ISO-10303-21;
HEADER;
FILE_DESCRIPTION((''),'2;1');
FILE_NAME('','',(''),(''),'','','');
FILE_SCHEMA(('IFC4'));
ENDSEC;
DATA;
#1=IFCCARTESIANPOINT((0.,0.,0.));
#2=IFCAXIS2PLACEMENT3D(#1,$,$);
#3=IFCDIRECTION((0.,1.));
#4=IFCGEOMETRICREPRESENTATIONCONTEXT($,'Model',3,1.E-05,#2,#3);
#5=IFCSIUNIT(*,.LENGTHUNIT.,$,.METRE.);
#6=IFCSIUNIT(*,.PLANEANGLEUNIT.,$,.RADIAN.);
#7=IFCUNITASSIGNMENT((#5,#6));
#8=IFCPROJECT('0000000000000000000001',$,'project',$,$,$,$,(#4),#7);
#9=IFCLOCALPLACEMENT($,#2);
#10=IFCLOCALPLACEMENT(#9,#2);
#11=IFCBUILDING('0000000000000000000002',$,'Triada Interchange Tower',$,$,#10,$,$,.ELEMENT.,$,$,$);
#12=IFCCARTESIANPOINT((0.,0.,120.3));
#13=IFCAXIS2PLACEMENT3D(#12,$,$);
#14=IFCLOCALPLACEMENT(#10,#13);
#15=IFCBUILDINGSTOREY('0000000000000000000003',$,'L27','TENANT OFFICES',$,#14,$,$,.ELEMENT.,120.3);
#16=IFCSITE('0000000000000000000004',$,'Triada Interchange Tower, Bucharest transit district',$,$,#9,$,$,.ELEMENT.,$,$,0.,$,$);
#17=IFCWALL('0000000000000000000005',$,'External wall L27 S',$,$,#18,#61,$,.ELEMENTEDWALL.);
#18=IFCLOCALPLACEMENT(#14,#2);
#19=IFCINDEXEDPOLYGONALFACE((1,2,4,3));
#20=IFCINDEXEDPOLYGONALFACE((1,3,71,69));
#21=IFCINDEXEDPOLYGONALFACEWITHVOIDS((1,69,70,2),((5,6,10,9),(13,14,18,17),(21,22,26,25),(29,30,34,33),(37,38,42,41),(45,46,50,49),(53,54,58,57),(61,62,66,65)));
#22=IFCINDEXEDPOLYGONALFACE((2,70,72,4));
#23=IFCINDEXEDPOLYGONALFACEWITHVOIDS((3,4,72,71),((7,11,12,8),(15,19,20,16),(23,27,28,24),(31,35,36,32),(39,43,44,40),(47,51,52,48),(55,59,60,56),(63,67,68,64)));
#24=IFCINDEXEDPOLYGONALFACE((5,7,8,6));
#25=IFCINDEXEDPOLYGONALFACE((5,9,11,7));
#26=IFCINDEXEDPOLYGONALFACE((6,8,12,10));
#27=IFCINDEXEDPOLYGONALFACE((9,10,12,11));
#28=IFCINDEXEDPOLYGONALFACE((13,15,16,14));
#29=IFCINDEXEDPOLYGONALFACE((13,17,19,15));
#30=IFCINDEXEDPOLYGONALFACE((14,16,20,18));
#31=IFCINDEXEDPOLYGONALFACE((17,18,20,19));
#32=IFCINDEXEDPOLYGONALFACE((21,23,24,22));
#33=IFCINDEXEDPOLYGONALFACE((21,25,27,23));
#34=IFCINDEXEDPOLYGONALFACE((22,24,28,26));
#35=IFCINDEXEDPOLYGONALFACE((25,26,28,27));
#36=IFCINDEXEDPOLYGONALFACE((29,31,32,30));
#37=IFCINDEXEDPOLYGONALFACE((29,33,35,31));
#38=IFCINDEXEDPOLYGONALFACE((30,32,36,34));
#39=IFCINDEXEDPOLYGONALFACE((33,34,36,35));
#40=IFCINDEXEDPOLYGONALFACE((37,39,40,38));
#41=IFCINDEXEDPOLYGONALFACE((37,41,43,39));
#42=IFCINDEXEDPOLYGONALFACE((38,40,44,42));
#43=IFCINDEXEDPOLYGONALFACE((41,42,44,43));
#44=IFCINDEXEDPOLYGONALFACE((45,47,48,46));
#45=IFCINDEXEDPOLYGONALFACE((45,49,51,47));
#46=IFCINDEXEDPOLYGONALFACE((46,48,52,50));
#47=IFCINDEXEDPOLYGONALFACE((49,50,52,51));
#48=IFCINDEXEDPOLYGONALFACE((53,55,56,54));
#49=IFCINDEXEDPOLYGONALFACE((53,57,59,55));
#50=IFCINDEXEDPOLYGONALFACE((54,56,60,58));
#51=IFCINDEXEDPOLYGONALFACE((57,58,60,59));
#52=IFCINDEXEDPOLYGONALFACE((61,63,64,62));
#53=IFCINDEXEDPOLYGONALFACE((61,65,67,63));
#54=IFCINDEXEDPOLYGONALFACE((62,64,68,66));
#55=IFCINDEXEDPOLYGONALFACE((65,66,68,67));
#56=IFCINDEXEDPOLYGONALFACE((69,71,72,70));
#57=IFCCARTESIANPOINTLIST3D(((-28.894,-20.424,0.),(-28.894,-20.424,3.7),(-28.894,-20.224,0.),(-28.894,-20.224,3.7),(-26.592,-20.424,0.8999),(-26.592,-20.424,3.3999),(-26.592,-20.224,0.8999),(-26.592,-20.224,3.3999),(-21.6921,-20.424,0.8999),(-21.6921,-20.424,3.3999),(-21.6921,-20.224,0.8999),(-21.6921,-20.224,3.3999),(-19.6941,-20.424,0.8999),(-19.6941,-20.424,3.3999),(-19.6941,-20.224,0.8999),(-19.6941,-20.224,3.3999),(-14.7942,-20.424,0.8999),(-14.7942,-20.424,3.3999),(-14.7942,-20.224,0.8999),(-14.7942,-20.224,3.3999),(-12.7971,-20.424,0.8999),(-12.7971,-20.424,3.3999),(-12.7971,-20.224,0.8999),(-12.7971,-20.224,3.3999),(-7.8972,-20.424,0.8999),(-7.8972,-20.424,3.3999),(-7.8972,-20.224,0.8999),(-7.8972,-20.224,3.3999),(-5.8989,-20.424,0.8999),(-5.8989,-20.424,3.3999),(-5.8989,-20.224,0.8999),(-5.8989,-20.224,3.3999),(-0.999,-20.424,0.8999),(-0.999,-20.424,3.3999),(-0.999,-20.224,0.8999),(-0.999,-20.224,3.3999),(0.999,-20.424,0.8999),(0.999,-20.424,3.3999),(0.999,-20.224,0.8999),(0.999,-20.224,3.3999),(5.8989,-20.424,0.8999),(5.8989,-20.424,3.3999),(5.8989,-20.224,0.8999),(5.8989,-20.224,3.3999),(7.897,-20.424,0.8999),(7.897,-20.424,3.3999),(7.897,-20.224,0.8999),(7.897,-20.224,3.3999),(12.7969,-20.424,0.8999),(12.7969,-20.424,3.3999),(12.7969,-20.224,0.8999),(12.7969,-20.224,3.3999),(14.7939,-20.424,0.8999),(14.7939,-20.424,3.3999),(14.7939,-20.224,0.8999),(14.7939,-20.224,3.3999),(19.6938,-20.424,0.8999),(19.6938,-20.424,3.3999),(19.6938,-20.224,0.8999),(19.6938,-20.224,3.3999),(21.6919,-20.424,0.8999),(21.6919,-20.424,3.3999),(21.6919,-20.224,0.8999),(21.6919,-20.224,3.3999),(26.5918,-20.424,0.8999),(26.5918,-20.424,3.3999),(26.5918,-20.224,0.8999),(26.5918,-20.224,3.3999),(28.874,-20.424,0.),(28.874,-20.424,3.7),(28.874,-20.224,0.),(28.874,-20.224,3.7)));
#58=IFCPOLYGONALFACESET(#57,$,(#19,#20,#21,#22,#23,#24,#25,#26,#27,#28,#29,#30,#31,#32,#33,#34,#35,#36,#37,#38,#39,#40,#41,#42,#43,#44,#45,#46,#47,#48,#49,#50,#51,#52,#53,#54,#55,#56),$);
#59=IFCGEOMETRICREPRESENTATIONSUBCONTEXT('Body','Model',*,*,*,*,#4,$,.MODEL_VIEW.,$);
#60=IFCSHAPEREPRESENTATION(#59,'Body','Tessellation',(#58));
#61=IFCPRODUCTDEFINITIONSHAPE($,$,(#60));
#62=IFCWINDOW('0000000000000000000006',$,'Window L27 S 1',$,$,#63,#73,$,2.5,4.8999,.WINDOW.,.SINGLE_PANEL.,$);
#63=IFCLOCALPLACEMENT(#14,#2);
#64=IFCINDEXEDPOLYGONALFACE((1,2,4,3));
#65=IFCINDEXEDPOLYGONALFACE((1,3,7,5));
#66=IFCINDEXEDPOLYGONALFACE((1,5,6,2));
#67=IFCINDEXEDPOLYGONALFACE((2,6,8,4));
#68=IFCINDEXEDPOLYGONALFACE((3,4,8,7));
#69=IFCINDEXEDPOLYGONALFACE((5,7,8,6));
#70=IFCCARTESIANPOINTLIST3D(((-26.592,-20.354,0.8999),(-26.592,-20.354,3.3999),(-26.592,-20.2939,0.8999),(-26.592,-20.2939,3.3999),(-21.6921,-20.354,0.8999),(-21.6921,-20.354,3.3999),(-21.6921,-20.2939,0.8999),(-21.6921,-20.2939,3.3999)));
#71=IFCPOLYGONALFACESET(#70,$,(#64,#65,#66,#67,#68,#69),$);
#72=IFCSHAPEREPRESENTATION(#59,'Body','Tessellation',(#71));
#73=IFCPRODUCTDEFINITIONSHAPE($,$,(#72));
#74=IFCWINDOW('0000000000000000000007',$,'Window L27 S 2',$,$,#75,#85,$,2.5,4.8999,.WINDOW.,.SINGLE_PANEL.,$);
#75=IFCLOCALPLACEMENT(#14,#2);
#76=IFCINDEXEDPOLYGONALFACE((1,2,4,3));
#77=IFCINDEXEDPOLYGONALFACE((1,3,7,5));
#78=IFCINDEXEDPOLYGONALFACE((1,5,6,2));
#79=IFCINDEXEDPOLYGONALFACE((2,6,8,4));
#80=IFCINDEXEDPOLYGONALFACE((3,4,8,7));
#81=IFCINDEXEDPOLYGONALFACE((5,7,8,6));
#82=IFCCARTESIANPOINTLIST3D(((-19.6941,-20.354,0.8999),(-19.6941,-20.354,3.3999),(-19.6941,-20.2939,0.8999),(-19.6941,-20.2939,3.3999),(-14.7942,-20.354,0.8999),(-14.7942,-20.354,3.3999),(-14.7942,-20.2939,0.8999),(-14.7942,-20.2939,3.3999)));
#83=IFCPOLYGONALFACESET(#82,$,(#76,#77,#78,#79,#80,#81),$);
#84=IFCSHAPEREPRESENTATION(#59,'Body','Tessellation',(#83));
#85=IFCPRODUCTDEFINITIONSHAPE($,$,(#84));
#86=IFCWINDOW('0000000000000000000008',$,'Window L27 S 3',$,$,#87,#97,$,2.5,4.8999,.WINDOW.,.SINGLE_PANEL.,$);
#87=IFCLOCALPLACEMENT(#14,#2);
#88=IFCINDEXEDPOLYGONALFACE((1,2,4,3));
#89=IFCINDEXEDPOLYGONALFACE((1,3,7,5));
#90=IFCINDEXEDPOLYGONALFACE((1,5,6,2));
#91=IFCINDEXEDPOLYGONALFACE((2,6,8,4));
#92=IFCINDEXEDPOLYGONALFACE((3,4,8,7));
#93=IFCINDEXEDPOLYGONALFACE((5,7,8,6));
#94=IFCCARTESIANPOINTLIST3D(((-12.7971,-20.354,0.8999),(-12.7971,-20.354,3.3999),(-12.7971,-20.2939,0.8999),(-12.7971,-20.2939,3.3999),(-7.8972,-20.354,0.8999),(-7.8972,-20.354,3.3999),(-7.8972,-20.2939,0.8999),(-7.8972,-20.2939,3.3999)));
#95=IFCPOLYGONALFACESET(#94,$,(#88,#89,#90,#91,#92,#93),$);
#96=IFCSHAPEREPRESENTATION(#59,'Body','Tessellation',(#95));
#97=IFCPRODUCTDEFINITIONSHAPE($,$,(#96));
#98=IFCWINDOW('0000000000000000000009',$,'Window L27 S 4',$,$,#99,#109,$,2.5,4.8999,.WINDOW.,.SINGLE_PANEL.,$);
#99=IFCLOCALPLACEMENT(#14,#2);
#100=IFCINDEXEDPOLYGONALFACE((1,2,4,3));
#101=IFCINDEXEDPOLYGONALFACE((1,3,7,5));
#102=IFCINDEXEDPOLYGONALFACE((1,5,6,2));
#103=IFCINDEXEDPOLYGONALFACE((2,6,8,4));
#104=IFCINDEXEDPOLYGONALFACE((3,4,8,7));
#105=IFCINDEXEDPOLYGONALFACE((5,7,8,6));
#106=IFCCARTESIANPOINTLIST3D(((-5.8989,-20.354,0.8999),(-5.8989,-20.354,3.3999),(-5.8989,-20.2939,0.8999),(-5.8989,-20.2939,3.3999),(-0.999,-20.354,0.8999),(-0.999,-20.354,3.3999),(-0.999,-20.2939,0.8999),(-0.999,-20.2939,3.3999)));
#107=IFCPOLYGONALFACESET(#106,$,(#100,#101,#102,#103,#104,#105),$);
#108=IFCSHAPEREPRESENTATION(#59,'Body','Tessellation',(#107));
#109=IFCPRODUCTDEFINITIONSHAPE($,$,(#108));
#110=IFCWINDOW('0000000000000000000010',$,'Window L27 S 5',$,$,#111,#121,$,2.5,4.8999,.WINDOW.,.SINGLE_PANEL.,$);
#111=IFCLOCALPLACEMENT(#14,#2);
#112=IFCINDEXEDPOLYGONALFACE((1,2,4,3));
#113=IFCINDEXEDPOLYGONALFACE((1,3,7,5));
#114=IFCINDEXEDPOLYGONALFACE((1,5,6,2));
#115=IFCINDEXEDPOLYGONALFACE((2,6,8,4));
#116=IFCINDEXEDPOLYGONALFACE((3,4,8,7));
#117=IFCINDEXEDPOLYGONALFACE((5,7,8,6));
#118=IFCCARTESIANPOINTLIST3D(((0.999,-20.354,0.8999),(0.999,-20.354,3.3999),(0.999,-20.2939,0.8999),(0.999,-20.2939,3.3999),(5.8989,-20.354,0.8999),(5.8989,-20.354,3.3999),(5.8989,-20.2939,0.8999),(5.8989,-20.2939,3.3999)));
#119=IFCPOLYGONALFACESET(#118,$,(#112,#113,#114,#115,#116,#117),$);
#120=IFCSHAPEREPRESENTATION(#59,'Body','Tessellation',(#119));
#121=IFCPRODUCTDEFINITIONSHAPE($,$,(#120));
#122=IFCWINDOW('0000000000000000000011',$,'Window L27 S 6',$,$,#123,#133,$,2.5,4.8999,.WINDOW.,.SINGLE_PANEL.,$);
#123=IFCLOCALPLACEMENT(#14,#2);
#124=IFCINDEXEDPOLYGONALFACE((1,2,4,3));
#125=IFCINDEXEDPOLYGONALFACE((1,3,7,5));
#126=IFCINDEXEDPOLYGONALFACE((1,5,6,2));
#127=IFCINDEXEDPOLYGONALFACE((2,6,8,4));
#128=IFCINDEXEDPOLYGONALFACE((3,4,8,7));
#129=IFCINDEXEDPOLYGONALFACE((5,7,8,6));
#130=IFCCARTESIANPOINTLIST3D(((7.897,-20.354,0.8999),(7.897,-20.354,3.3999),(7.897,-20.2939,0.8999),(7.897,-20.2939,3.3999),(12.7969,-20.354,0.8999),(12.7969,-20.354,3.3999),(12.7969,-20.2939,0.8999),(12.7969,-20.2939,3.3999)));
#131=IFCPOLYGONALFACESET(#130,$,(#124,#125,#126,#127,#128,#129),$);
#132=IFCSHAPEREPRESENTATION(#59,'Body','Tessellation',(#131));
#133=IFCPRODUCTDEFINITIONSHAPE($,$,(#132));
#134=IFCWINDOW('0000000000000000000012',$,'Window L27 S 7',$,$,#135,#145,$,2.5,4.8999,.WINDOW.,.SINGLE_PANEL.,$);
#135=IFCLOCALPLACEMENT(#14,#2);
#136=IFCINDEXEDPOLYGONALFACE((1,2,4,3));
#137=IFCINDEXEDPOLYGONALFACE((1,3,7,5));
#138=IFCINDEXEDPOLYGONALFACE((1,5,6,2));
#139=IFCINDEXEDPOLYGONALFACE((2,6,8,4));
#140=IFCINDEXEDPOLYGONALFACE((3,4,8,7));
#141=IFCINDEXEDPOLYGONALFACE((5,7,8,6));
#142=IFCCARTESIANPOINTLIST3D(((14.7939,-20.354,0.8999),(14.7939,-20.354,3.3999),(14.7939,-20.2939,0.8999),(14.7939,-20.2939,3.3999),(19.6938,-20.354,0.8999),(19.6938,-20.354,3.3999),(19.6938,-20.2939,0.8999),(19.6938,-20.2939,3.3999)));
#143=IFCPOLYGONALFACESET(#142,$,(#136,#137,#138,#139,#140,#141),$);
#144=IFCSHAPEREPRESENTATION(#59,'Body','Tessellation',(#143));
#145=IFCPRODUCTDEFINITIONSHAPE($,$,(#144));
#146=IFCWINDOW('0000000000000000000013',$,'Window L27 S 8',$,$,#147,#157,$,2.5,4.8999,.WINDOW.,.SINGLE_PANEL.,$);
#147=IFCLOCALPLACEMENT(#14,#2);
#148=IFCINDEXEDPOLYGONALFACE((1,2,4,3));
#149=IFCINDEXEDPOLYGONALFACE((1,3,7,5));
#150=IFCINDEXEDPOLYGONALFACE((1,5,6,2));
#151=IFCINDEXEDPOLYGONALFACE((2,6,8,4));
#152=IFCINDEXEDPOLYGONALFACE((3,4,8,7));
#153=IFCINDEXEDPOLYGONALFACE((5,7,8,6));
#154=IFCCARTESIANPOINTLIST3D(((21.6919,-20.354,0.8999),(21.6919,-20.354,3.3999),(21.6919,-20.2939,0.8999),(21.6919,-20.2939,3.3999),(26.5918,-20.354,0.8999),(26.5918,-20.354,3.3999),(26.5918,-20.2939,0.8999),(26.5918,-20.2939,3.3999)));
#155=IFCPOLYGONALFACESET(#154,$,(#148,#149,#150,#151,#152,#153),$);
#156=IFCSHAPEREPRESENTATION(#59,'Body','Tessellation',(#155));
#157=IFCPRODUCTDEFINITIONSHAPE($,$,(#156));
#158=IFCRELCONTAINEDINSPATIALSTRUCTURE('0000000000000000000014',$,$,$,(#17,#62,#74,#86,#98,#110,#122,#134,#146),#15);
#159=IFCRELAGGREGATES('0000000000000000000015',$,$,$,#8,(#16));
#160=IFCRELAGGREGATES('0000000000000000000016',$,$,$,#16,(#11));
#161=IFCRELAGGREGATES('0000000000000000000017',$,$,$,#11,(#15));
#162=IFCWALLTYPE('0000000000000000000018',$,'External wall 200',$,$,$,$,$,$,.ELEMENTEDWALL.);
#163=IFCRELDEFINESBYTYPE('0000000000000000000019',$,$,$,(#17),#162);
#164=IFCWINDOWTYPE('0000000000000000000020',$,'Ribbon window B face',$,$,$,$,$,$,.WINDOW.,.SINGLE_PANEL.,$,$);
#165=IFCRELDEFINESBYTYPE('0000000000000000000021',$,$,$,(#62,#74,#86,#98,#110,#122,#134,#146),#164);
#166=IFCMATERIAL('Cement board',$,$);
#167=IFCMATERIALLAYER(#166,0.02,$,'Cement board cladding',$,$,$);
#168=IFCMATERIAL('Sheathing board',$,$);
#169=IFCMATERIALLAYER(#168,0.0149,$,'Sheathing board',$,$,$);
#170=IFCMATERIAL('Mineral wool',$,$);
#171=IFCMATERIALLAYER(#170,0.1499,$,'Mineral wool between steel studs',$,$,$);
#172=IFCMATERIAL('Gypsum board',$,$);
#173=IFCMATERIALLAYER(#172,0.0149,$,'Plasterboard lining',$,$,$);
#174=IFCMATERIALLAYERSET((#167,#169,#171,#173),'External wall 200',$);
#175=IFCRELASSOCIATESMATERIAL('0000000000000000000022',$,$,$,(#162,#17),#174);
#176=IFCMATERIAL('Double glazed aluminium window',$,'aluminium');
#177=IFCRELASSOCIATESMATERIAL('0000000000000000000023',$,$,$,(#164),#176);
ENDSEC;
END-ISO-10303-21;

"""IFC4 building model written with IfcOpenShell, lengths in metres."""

from ifc_helpers import new_model, si_unit, direction, frame, frame_2d, origin, place, context, subcontext, project, spatial, rectangle, extrude, material, layer, layer_set, layer_usage, type_object, element, fill, save


model = new_model("IFC4")

# Units and contexts
model_context = context("Model", 3, precision=1e-05, world=origin(), true_north=direction((0.0, 1.0)))
body_context = subcontext(model_context, "Body", "Model", "MODEL_VIEW")
ifc_project = project(units=[si_unit("LENGTHUNIT", "METRE"), si_unit("PLANEANGLEUNIT", "RADIAN")], contexts=[model_context])

# Site, building, storey
site_placement = place(None, origin())
site = spatial("IfcSite", under=ifc_project, at=site_placement, Name="Triada Interchange Tower, Bucharest transit district", CompositionType="ELEMENT", RefElevation=0.0)
building_placement = place(site_placement, origin())
building = spatial("IfcBuilding", under=site, at=building_placement, Name="Triada Interchange Tower", CompositionType="ELEMENT")
storey_placement = place(building_placement, frame((0.0, 0.0, 120.3)))
storey = spatial("IfcBuildingStorey", under=building, at=storey_placement, Name="L27", Description="TENANT OFFICES", CompositionType="ELEMENT", Elevation=120.3)

# Shared definitions
ifc_material_1 = material(Name="Cement board")
ifc_layer_1 = layer(ifc_material_1, 0.02, Name="Cement board cladding")
ifc_material_2 = material(Name="Sheathing board")
ifc_layer_2 = layer(ifc_material_2, 0.0149, Name="Sheathing board")
ifc_material_3 = material(Name="Mineral wool")
ifc_layer_3 = layer(ifc_material_3, 0.1499, Name="Mineral wool between steel studs")
ifc_material_4 = material(Name="Gypsum board")
ifc_layer_4 = layer(ifc_material_4, 0.0149, Name="Plasterboard lining")
ifc_layer_set_1 = layer_set([ifc_layer_1, ifc_layer_2, ifc_layer_3, ifc_layer_4], Name="External wall 200")
ifc_layer_usage = layer_usage(ifc_layer_set_1, "AXIS2", "POSITIVE", -0.1001)
wall_type = type_object("IfcWallType", Name="External wall 200", PredefinedType="ELEMENTEDWALL", material=ifc_layer_set_1)
ifc_material_5 = material(Name="Double glazed aluminium window", Category="aluminium")

# Wall, openings, windows
wall_1_placement = place(storey_placement, frame((-28.894, -20.324, 0.0), z_axis=(0.0, 0.0, 1.0), x_axis=(1.0, 0.0, 0.0)))
wall_1 = element("IfcWall", 1, at=wall_1_placement, inside=storey, type_object=wall_type, material=ifc_layer_usage, Name="External wall L27 S", PredefinedType="ELEMENTEDWALL", context=body_context, shape_type="SweptSolid", body=[
    extrude(rectangle(XDim=57.7681, YDim=0.2, at=frame_2d((28.884, 0.0))), origin(), (0.0, 0.0, 1.0), 3.7),
])
opening_1_placement = place(wall_1_placement, frame((2.302, 0.0, 0.8999)))
opening_1 = element("IfcOpeningElement", 2, at=opening_1_placement, cuts=wall_1, PredefinedType="OPENING", context=body_context, shape_type="SweptSolid", body=[
    extrude(rectangle(XDim=4.8999, YDim=2.5, at=frame_2d((2.45, 1.25))), frame((0.0, 0.1099, 0.0), z_axis=(0.0, -1.0, 0.0), x_axis=(1.0, 0.0, 0.0)), (0.0, 0.0, 1.0), 0.22),
])
opening_2_placement = place(wall_1_placement, frame((9.2, 0.0, 0.8999)))
opening_2 = element("IfcOpeningElement", 3, at=opening_2_placement, cuts=wall_1, PredefinedType="OPENING", context=body_context, shape_type="SweptSolid", body=[
    extrude(rectangle(XDim=4.8999, YDim=2.5, at=frame_2d((2.45, 1.25))), frame((0.0, 0.1099, 0.0), z_axis=(0.0, -1.0, 0.0), x_axis=(1.0, 0.0, 0.0)), (0.0, 0.0, 1.0), 0.22),
])
opening_3_placement = place(wall_1_placement, frame((16.0969, 0.0, 0.8999)))
opening_3 = element("IfcOpeningElement", 4, at=opening_3_placement, cuts=wall_1, PredefinedType="OPENING", context=body_context, shape_type="SweptSolid", body=[
    extrude(rectangle(XDim=4.8999, YDim=2.5, at=frame_2d((2.45, 1.25))), frame((0.0, 0.1099, 0.0), z_axis=(0.0, -1.0, 0.0), x_axis=(1.0, 0.0, 0.0)), (0.0, 0.0, 1.0), 0.22),
])
opening_4_placement = place(wall_1_placement, frame((22.9951, 0.0, 0.8999)))
opening_4 = element("IfcOpeningElement", 5, at=opening_4_placement, cuts=wall_1, PredefinedType="OPENING", context=body_context, shape_type="SweptSolid", body=[
    extrude(rectangle(XDim=4.8999, YDim=2.5, at=frame_2d((2.45, 1.25))), frame((0.0, 0.1099, 0.0), z_axis=(0.0, -1.0, 0.0), x_axis=(1.0, 0.0, 0.0)), (0.0, 0.0, 1.0), 0.22),
])
opening_5_placement = place(wall_1_placement, frame((29.8931, 0.0, 0.8999)))
opening_5 = element("IfcOpeningElement", 6, at=opening_5_placement, cuts=wall_1, PredefinedType="OPENING", context=body_context, shape_type="SweptSolid", body=[
    extrude(rectangle(XDim=4.8999, YDim=2.5, at=frame_2d((2.45, 1.25))), frame((0.0, 0.1099, 0.0), z_axis=(0.0, -1.0, 0.0), x_axis=(1.0, 0.0, 0.0)), (0.0, 0.0, 1.0), 0.22),
])
opening_6_placement = place(wall_1_placement, frame((36.791, 0.0, 0.8999)))
opening_6 = element("IfcOpeningElement", 7, at=opening_6_placement, cuts=wall_1, PredefinedType="OPENING", context=body_context, shape_type="SweptSolid", body=[
    extrude(rectangle(XDim=4.8999, YDim=2.5, at=frame_2d((2.45, 1.25))), frame((0.0, 0.1099, 0.0), z_axis=(0.0, -1.0, 0.0), x_axis=(1.0, 0.0, 0.0)), (0.0, 0.0, 1.0), 0.22),
])
opening_7_placement = place(wall_1_placement, frame((43.688, 0.0, 0.8999)))
opening_7 = element("IfcOpeningElement", 8, at=opening_7_placement, cuts=wall_1, PredefinedType="OPENING", context=body_context, shape_type="SweptSolid", body=[
    extrude(rectangle(XDim=4.8999, YDim=2.5, at=frame_2d((2.45, 1.25))), frame((0.0, 0.1099, 0.0), z_axis=(0.0, -1.0, 0.0), x_axis=(1.0, 0.0, 0.0)), (0.0, 0.0, 1.0), 0.22),
])
opening_8_placement = place(wall_1_placement, frame((50.5859, 0.0, 0.8999)))
opening_8 = element("IfcOpeningElement", 9, at=opening_8_placement, cuts=wall_1, PredefinedType="OPENING", context=body_context, shape_type="SweptSolid", body=[
    extrude(rectangle(XDim=4.8999, YDim=2.5, at=frame_2d((2.45, 1.25))), frame((0.0, 0.1099, 0.0), z_axis=(0.0, -1.0, 0.0), x_axis=(1.0, 0.0, 0.0)), (0.0, 0.0, 1.0), 0.22),
])
window_type_1 = type_object("IfcWindowType", Name="Ribbon window B face", PartitioningType="SINGLE_PANEL", PredefinedType="WINDOW", material=ifc_material_5)
window_1_placement = place(opening_1_placement, origin())
window_1 = element("IfcWindow", 10, at=window_1_placement, inside=storey, type_object=window_type_1, Name="Window L27 S 1", OverallHeight=2.5, OverallWidth=4.8999, PartitioningType="SINGLE_PANEL", PredefinedType="WINDOW", context=body_context, shape_type="SweptSolid", body=[
    extrude(rectangle(XDim=4.8999, YDim=2.5, at=frame_2d((2.45, 1.25))), frame((0.0, 0.03, 0.0), z_axis=(0.0, -1.0, 0.0), x_axis=(1.0, 0.0, 0.0)), (0.0, 0.0, 1.0), 0.0601),
])
fill(opening_1, window_1)
window_2_placement = place(opening_2_placement, origin())
window_2 = element("IfcWindow", 11, at=window_2_placement, inside=storey, type_object=window_type_1, Name="Window L27 S 2", OverallHeight=2.5, OverallWidth=4.8999, PartitioningType="SINGLE_PANEL", PredefinedType="WINDOW", context=body_context, shape_type="SweptSolid", body=[
    extrude(rectangle(XDim=4.8999, YDim=2.5, at=frame_2d((2.45, 1.25))), frame((0.0, 0.03, 0.0), z_axis=(0.0, -1.0, 0.0), x_axis=(1.0, 0.0, 0.0)), (0.0, 0.0, 1.0), 0.0601),
])
fill(opening_2, window_2)
window_3_placement = place(opening_3_placement, origin())
window_3 = element("IfcWindow", 12, at=window_3_placement, inside=storey, type_object=window_type_1, Name="Window L27 S 3", OverallHeight=2.5, OverallWidth=4.8999, PartitioningType="SINGLE_PANEL", PredefinedType="WINDOW", context=body_context, shape_type="SweptSolid", body=[
    extrude(rectangle(XDim=4.8999, YDim=2.5, at=frame_2d((2.45, 1.25))), frame((0.0, 0.03, 0.0), z_axis=(0.0, -1.0, 0.0), x_axis=(1.0, 0.0, 0.0)), (0.0, 0.0, 1.0), 0.0601),
])
fill(opening_3, window_3)
window_4_placement = place(opening_4_placement, origin())
window_4 = element("IfcWindow", 13, at=window_4_placement, inside=storey, type_object=window_type_1, Name="Window L27 S 4", OverallHeight=2.5, OverallWidth=4.8999, PartitioningType="SINGLE_PANEL", PredefinedType="WINDOW", context=body_context, shape_type="SweptSolid", body=[
    extrude(rectangle(XDim=4.8999, YDim=2.5, at=frame_2d((2.45, 1.25))), frame((0.0, 0.03, 0.0), z_axis=(0.0, -1.0, 0.0), x_axis=(1.0, 0.0, 0.0)), (0.0, 0.0, 1.0), 0.0601),
])
fill(opening_4, window_4)
window_5_placement = place(opening_5_placement, origin())
window_5 = element("IfcWindow", 14, at=window_5_placement, inside=storey, type_object=window_type_1, Name="Window L27 S 5", OverallHeight=2.5, OverallWidth=4.8999, PartitioningType="SINGLE_PANEL", PredefinedType="WINDOW", context=body_context, shape_type="SweptSolid", body=[
    extrude(rectangle(XDim=4.8999, YDim=2.5, at=frame_2d((2.45, 1.25))), frame((0.0, 0.03, 0.0), z_axis=(0.0, -1.0, 0.0), x_axis=(1.0, 0.0, 0.0)), (0.0, 0.0, 1.0), 0.0601),
])
fill(opening_5, window_5)
window_6_placement = place(opening_6_placement, origin())
window_6 = element("IfcWindow", 15, at=window_6_placement, inside=storey, type_object=window_type_1, Name="Window L27 S 6", OverallHeight=2.5, OverallWidth=4.8999, PartitioningType="SINGLE_PANEL", PredefinedType="WINDOW", context=body_context, shape_type="SweptSolid", body=[
    extrude(rectangle(XDim=4.8999, YDim=2.5, at=frame_2d((2.45, 1.25))), frame((0.0, 0.03, 0.0), z_axis=(0.0, -1.0, 0.0), x_axis=(1.0, 0.0, 0.0)), (0.0, 0.0, 1.0), 0.0601),
])
fill(opening_6, window_6)
window_7_placement = place(opening_7_placement, origin())
window_7 = element("IfcWindow", 16, at=window_7_placement, inside=storey, type_object=window_type_1, Name="Window L27 S 7", OverallHeight=2.5, OverallWidth=4.8999, PartitioningType="SINGLE_PANEL", PredefinedType="WINDOW", context=body_context, shape_type="SweptSolid", body=[
    extrude(rectangle(XDim=4.8999, YDim=2.5, at=frame_2d((2.45, 1.25))), frame((0.0, 0.03, 0.0), z_axis=(0.0, -1.0, 0.0), x_axis=(1.0, 0.0, 0.0)), (0.0, 0.0, 1.0), 0.0601),
])
fill(opening_7, window_7)
window_8_placement = place(opening_8_placement, origin())
window_8 = element("IfcWindow", 17, at=window_8_placement, inside=storey, type_object=window_type_1, Name="Window L27 S 8", OverallHeight=2.5, OverallWidth=4.8999, PartitioningType="SINGLE_PANEL", PredefinedType="WINDOW", context=body_context, shape_type="SweptSolid", body=[
    extrude(rectangle(XDim=4.8999, YDim=2.5, at=frame_2d((2.45, 1.25))), frame((0.0, 0.03, 0.0), z_axis=(0.0, -1.0, 0.0), x_axis=(1.0, 0.0, 0.0)), (0.0, 0.0, 1.0), 0.0601),
])
fill(opening_8, window_8)

save(model, "model.ifc")
